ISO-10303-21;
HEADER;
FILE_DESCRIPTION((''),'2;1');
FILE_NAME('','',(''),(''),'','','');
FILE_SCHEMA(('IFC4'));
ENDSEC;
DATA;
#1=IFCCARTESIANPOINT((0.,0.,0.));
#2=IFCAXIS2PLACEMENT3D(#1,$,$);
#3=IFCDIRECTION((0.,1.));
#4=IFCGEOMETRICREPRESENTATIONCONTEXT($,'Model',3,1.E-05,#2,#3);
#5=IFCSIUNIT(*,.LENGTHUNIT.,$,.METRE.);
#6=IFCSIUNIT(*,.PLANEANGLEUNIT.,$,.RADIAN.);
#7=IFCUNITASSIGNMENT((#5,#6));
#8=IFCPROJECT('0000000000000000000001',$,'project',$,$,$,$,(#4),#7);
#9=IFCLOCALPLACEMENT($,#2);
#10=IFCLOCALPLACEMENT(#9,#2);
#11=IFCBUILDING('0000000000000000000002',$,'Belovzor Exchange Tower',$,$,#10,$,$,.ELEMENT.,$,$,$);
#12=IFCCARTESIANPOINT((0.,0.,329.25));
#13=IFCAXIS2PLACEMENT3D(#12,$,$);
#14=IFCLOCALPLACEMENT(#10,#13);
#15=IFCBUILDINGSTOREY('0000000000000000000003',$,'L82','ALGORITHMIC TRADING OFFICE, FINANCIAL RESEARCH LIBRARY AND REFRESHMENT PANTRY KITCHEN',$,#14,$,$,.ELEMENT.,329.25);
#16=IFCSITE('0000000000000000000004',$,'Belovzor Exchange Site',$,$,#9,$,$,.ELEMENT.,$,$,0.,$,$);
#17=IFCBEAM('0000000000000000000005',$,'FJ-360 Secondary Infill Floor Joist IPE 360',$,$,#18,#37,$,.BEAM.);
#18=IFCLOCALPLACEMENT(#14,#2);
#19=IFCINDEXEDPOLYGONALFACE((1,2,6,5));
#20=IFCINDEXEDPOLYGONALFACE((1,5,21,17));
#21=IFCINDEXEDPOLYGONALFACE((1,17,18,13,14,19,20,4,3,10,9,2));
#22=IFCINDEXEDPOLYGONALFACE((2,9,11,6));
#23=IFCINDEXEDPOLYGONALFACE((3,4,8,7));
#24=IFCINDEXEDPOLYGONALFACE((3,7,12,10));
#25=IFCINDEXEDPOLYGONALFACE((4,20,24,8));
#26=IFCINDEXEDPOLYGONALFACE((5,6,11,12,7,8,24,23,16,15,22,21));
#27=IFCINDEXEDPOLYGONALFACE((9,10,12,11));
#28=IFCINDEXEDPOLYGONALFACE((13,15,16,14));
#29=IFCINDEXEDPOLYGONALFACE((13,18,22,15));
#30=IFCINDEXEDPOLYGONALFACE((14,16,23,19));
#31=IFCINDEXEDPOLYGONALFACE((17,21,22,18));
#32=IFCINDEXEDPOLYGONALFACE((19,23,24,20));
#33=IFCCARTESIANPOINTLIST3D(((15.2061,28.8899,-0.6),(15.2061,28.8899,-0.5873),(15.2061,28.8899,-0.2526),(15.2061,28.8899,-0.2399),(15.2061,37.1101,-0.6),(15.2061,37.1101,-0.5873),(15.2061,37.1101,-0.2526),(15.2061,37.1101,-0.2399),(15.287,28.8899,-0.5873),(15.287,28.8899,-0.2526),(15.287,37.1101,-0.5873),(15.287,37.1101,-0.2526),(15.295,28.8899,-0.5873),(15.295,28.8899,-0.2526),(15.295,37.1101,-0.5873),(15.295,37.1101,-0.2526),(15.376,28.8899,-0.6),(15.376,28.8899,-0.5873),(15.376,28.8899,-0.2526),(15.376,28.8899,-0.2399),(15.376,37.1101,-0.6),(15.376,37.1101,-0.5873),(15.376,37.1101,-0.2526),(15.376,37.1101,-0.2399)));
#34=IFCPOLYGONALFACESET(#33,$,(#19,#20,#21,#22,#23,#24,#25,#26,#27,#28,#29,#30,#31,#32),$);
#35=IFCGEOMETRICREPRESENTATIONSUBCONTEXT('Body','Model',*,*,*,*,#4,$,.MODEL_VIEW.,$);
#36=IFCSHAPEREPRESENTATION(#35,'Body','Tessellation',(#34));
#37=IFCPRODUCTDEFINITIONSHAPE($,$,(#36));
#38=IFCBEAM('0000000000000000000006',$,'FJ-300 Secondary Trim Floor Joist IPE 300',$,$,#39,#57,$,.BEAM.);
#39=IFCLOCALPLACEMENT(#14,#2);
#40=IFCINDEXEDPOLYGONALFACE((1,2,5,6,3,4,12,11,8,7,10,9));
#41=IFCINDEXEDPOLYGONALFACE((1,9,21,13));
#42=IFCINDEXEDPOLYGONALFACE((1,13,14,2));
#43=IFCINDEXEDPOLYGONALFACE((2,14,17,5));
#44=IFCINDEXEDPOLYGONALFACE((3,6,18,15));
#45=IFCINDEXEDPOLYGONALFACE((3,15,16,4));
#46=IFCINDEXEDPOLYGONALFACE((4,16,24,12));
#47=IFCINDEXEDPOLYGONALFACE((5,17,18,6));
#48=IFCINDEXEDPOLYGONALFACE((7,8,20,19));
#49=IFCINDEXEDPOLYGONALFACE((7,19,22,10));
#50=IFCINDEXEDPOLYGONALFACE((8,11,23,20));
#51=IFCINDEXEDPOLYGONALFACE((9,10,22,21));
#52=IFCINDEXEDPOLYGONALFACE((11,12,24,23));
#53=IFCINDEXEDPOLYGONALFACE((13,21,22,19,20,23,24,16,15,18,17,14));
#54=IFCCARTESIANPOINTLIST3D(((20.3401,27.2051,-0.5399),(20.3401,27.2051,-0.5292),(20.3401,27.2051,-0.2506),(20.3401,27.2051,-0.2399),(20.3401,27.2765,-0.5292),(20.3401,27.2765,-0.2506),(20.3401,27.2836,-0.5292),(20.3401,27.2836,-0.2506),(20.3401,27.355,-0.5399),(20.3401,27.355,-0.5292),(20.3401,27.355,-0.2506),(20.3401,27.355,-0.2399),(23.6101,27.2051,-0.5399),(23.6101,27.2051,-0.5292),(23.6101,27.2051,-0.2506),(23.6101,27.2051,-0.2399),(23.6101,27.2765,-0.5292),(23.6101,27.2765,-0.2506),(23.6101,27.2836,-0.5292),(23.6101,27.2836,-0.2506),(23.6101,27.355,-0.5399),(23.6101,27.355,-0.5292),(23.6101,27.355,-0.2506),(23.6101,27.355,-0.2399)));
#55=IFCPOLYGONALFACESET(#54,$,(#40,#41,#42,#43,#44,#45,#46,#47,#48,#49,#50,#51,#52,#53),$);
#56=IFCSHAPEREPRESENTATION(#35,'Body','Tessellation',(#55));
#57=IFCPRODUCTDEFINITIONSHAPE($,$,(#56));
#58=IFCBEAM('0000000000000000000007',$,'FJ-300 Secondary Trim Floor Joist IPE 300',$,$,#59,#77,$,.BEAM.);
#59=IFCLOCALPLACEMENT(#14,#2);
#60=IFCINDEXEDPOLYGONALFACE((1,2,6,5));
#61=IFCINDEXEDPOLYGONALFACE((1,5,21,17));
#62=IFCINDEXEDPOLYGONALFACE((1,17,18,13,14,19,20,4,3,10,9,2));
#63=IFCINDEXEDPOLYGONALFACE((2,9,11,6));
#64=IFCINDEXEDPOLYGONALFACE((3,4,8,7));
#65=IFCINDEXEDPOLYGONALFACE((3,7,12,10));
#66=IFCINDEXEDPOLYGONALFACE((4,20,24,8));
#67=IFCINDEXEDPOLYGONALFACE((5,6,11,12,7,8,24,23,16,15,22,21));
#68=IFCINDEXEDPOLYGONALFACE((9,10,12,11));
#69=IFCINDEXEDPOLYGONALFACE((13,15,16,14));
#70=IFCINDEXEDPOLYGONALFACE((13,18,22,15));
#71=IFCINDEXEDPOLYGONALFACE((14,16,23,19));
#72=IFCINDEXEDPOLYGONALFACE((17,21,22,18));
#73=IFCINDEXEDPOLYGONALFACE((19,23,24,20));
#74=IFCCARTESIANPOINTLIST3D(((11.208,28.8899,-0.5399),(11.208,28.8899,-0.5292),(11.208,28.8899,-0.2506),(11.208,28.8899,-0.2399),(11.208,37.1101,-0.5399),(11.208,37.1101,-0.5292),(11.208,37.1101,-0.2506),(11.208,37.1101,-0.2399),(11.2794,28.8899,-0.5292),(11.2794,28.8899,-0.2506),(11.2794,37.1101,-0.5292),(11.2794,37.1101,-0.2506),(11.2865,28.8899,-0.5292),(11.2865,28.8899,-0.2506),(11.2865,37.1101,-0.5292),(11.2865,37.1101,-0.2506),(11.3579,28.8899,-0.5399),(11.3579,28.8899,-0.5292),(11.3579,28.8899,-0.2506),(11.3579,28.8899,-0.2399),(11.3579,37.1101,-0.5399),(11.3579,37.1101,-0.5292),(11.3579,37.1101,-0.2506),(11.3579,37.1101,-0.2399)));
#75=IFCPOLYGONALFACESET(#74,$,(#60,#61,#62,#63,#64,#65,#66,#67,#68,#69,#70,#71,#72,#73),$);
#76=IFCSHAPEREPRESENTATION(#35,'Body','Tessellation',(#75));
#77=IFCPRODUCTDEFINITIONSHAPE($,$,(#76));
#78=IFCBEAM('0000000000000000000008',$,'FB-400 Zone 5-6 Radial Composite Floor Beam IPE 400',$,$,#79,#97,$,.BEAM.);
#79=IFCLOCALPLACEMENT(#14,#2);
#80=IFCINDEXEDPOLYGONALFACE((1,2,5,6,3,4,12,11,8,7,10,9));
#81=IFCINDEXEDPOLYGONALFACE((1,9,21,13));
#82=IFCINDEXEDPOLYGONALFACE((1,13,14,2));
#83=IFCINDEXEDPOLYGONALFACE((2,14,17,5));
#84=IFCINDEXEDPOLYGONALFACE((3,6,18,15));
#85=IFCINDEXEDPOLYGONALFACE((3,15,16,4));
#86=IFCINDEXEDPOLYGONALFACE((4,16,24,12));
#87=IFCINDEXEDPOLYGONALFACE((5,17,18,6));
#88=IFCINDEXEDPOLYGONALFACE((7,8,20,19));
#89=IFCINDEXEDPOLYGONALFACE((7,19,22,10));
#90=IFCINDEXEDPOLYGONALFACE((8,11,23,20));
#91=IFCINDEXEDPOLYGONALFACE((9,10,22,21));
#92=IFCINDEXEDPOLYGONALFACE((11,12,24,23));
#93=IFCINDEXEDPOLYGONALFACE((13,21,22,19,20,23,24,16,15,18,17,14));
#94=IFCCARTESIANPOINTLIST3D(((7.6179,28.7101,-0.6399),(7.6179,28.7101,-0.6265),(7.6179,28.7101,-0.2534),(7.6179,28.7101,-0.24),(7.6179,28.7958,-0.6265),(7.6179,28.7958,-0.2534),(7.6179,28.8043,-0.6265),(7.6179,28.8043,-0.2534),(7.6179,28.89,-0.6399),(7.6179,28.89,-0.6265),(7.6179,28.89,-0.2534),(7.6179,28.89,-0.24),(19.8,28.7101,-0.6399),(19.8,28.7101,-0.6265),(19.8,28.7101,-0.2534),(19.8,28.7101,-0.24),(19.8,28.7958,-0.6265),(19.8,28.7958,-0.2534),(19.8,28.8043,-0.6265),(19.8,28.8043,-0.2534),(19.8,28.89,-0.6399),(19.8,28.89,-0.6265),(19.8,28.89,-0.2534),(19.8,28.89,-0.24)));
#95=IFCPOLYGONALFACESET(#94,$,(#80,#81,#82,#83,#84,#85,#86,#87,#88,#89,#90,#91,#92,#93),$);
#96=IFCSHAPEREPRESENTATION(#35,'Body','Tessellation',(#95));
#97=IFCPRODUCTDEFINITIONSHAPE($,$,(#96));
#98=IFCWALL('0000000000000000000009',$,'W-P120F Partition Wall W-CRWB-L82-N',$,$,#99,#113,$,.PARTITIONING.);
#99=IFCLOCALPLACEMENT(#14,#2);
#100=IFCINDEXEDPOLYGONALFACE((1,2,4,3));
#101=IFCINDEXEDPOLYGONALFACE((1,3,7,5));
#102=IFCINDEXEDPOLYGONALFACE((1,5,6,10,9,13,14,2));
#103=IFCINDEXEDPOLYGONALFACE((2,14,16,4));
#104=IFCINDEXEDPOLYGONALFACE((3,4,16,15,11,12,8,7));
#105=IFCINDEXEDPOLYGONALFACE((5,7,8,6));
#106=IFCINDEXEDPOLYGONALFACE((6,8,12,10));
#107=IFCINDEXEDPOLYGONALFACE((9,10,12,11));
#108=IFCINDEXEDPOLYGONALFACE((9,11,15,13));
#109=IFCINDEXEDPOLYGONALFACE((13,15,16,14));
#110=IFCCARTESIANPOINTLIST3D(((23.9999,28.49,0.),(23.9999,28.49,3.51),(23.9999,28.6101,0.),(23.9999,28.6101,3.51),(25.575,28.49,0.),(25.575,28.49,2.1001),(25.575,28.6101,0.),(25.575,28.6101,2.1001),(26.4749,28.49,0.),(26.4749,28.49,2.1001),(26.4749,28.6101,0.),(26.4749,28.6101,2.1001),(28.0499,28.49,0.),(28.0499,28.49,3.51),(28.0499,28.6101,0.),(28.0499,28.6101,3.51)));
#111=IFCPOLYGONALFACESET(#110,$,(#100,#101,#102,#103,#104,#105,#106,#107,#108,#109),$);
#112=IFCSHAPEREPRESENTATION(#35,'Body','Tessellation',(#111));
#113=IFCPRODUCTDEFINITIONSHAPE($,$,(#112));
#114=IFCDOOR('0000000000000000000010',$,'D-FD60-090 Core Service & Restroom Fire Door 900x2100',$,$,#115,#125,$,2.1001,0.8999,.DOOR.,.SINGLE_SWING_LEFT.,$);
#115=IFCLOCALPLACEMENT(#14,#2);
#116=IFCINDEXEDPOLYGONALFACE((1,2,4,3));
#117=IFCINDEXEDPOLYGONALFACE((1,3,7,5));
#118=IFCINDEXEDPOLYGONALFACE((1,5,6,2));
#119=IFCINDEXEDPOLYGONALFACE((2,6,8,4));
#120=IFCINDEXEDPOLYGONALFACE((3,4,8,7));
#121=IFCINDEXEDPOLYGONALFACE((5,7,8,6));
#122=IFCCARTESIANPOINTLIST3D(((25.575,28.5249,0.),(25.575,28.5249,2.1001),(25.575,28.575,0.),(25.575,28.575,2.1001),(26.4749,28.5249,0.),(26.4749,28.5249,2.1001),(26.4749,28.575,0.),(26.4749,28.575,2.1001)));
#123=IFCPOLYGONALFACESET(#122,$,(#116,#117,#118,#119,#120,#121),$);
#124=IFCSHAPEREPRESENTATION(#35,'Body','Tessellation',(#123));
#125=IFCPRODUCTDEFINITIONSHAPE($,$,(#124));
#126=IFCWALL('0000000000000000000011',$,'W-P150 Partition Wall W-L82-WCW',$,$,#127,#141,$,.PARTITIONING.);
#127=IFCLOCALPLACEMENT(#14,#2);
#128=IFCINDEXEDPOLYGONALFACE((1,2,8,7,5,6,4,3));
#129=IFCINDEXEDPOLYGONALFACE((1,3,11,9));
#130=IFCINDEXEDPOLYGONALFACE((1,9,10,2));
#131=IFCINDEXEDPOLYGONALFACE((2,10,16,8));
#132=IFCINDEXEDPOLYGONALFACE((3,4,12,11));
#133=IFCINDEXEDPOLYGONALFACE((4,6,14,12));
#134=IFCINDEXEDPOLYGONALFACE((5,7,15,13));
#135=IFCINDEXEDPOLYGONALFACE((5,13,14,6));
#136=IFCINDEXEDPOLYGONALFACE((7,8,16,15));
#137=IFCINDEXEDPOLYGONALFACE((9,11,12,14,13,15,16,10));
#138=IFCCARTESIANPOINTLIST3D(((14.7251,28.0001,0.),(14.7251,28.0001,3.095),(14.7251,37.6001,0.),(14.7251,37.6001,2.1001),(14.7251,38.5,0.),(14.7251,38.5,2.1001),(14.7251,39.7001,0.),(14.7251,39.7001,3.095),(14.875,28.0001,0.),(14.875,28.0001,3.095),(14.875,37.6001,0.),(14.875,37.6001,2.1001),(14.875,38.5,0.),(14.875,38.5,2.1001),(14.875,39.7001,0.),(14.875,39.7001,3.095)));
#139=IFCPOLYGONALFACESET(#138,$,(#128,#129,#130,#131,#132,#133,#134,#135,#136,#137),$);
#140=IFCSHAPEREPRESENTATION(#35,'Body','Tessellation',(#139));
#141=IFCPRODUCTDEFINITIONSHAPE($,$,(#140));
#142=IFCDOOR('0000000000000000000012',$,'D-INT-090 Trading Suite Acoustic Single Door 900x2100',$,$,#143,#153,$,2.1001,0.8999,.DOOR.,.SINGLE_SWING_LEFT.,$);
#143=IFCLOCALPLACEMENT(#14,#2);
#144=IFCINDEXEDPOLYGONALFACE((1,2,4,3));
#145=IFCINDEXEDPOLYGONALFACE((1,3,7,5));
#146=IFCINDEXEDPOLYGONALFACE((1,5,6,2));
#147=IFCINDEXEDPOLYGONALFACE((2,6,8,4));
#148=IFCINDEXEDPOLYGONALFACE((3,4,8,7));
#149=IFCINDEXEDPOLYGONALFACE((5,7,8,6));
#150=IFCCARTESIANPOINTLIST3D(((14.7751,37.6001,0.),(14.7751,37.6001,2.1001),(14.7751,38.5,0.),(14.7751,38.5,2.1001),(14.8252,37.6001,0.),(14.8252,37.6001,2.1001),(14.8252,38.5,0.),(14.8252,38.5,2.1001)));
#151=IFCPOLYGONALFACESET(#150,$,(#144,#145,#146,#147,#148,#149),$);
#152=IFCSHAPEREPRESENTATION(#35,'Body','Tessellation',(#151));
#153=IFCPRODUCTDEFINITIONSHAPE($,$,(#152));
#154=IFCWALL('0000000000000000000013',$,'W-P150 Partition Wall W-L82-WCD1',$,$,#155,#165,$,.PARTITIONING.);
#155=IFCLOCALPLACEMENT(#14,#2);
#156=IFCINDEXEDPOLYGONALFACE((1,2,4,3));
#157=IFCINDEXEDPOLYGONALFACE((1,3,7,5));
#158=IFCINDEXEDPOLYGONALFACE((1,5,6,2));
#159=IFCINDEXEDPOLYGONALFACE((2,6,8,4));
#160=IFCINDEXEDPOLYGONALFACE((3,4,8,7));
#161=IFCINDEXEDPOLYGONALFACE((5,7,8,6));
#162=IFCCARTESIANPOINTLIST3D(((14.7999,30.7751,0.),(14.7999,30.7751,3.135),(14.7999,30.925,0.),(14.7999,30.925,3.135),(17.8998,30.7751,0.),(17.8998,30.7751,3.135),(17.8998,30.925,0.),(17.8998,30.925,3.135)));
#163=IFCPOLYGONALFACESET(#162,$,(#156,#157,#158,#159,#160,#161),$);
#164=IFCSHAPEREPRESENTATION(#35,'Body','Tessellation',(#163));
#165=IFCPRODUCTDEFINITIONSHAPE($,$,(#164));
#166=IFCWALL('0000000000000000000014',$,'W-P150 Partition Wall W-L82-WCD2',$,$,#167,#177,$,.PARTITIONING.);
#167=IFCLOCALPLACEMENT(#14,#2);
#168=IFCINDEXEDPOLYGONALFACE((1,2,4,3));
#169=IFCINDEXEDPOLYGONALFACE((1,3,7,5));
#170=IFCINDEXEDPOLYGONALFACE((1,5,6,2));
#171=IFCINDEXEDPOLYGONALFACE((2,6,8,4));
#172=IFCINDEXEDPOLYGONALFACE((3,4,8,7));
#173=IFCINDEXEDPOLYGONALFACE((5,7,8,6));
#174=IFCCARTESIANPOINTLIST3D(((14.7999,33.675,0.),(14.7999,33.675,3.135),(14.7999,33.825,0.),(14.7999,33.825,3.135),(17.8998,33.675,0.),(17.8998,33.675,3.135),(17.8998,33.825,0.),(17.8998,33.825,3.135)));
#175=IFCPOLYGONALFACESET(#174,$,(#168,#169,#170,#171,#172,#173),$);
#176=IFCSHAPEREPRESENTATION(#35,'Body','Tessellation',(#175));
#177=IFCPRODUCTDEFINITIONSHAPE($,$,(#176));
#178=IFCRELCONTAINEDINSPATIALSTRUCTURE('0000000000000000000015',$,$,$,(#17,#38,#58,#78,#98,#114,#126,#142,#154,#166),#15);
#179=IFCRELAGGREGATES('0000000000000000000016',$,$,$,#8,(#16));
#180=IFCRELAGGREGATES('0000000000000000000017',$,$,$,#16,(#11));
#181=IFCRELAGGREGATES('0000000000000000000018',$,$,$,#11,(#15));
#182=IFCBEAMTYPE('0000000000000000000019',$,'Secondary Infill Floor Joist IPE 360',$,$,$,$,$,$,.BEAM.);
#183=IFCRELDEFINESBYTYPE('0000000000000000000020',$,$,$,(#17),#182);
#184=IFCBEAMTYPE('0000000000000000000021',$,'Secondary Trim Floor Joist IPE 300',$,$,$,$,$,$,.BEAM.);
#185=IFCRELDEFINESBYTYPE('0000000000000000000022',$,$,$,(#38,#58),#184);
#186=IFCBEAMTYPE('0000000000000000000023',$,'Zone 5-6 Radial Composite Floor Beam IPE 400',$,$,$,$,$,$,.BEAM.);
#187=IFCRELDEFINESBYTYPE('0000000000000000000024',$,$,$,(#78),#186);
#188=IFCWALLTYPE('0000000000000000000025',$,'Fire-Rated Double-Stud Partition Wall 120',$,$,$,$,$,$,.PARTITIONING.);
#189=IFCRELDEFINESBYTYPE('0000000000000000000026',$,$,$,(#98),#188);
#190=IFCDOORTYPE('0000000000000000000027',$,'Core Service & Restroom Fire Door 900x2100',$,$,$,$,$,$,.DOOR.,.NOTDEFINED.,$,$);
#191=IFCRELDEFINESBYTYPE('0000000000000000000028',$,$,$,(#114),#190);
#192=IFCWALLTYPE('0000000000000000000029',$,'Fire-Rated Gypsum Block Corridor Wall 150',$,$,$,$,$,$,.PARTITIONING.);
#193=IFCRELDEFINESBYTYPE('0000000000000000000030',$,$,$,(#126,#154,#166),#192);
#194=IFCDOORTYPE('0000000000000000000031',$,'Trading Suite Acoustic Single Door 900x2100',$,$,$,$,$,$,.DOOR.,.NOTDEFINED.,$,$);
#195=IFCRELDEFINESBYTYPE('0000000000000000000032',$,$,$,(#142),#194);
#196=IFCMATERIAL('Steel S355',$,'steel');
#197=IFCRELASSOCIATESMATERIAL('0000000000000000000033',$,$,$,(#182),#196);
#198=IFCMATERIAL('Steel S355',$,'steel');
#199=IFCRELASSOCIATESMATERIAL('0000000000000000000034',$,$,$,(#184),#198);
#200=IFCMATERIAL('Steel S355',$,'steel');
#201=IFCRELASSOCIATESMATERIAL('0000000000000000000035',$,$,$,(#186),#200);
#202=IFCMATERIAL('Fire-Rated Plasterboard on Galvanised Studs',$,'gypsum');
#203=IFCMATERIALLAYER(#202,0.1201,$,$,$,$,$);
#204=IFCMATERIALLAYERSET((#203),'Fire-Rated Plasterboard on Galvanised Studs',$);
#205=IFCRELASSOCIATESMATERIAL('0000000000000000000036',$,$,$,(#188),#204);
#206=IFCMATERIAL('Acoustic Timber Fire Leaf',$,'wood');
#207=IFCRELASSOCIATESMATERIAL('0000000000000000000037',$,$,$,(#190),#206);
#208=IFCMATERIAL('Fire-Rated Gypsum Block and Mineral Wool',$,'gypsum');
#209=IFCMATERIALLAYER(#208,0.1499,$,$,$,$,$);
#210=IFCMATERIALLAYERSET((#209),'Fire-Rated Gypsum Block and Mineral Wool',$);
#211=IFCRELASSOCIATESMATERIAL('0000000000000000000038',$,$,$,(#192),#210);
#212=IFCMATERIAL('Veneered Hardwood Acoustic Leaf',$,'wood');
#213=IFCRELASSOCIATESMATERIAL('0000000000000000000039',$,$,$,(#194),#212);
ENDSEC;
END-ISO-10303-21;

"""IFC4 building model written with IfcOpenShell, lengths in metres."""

from ifc_helpers import new_model, si_unit, direction, frame, frame_2d, origin, origin_2d, place, context, subcontext, project, spatial, rectangle, i_section, extrude, material, layer, layer_set, material_profile, profile_set, type_object, element, fill, save


model = new_model("IFC4")

# Units and contexts
model_context = context("Model", 3, precision=1e-05, world=origin(), true_north=direction((0.0, 1.0)))
body_context = subcontext(model_context, "Body", "Model", "MODEL_VIEW")
ifc_project = project(units=[si_unit("LENGTHUNIT", "METRE"), si_unit("PLANEANGLEUNIT", "RADIAN")], contexts=[model_context])

# Site, building, storey
site_placement = place(None, origin())
site = spatial("IfcSite", under=ifc_project, at=site_placement, Name="Belovzor Exchange Site", CompositionType="ELEMENT", RefElevation=0.0)
building_placement = place(site_placement, origin())
building = spatial("IfcBuilding", under=site, at=building_placement, Name="Belovzor Exchange Tower", CompositionType="ELEMENT")
storey_placement = place(building_placement, frame((0.0, 0.0, 329.25)))
storey = spatial("IfcBuildingStorey", under=building, at=storey_placement, Name="L82", Description="ALGORITHMIC TRADING OFFICE, FINANCIAL RESEARCH LIBRARY AND REFRESHMENT PANTRY KITCHEN", CompositionType="ELEMENT", Elevation=329.25)

# Beams
ifc_material_1 = material(Name="Steel S355", Category="steel")
ifc_material_profile_1 = material_profile(ifc_material_1, i_section(OverallWidth=0.1699, OverallDepth=0.3601, WebThickness=0.0081, FlangeThickness=0.0127, at=origin_2d()))
ifc_profile_set_1 = profile_set([ifc_material_profile_1], Name="Steel S355")
beam_type_1 = type_object("IfcBeamType", Name="Secondary Infill Floor Joist IPE 360", PredefinedType="BEAM", material=ifc_profile_set_1)
beam_1_placement = place(storey_placement, frame((15.291, 28.8899, -0.4199), z_axis=(0.0, 1.0, 0.0), x_axis=(-1.0, 0.0, 0.0)))
element("IfcBeam", 1, at=beam_1_placement, inside=storey, type_object=beam_type_1, Name="FJ-360 Secondary Infill Floor Joist IPE 360", PredefinedType="BEAM", context=body_context, shape_type="SweptSolid", body=[
    extrude(i_section(OverallWidth=0.1699, OverallDepth=0.3601, WebThickness=0.0081, FlangeThickness=0.0127, at=origin_2d()), origin(), (0.0, 0.0, 1.0), 8.2202),
])
ifc_material_2 = material(Name="Steel S355", Category="steel")
ifc_material_profile_2 = material_profile(ifc_material_2, i_section(OverallWidth=0.1499, OverallDepth=0.3, WebThickness=0.0071, FlangeThickness=0.0107, at=origin_2d()))
ifc_profile_set_2 = profile_set([ifc_material_profile_2], Name="Steel S355")
beam_type_2 = type_object("IfcBeamType", Name="Secondary Trim Floor Joist IPE 300", PredefinedType="BEAM", material=ifc_profile_set_2)
beam_2_placement = place(storey_placement, frame((20.3401, 27.28, -0.3899), z_axis=(1.0, 0.0, 0.0), x_axis=(0.0, 1.0, 0.0)))
element("IfcBeam", 2, at=beam_2_placement, inside=storey, type_object=beam_type_2, Name="FJ-300 Secondary Trim Floor Joist IPE 300", PredefinedType="BEAM", context=body_context, shape_type="SweptSolid", body=[
    extrude(i_section(OverallWidth=0.1499, OverallDepth=0.3, WebThickness=0.0071, FlangeThickness=0.0107, at=origin_2d()), origin(), (0.0, 0.0, 1.0), 3.27),
])
beam_3_placement = place(storey_placement, frame((11.283, 28.8899, -0.3899), z_axis=(0.0, 1.0, 0.0), x_axis=(-1.0, 0.0, 0.0)))
element("IfcBeam", 3, at=beam_3_placement, inside=storey, type_object=beam_type_2, Name="FJ-300 Secondary Trim Floor Joist IPE 300", PredefinedType="BEAM", context=body_context, shape_type="SweptSolid", body=[
    extrude(i_section(OverallWidth=0.1499, OverallDepth=0.3, WebThickness=0.0071, FlangeThickness=0.0107, at=origin_2d()), origin(), (0.0, 0.0, 1.0), 8.2202),
])
ifc_material_3 = material(Name="Steel S355", Category="steel")
ifc_material_profile_3 = material_profile(ifc_material_3, i_section(OverallWidth=0.1799, OverallDepth=0.3999, WebThickness=0.0085, FlangeThickness=0.0134, at=origin_2d()))
ifc_profile_set_3 = profile_set([ifc_material_profile_3], Name="Steel S355")
beam_type_3 = type_object("IfcBeamType", Name="Zone 5-6 Radial Composite Floor Beam IPE 400", PredefinedType="BEAM", material=ifc_profile_set_3)
beam_4_placement = place(storey_placement, frame((19.8, 28.8, -0.4399), z_axis=(-1.0, 0.0, 0.0), x_axis=(0.0, -1.0, 0.0)))
element("IfcBeam", 4, at=beam_4_placement, inside=storey, type_object=beam_type_3, Name="FB-400 Zone 5-6 Radial Composite Floor Beam IPE 400", PredefinedType="BEAM", context=body_context, shape_type="SweptSolid", body=[
    extrude(i_section(OverallWidth=0.1799, OverallDepth=0.3999, WebThickness=0.0085, FlangeThickness=0.0134, at=origin_2d()), origin(), (0.0, 0.0, 1.0), 12.1821),
])

# Walls, openings, doors
ifc_material_4 = material(Name="Fire-Rated Plasterboard on Galvanised Studs", Category="gypsum")
ifc_layer_1 = layer(ifc_material_4, 0.1201)
ifc_layer_set_1 = layer_set([ifc_layer_1], Name="Fire-Rated Plasterboard on Galvanised Studs")
wall_type_1 = type_object("IfcWallType", Name="Fire-Rated Double-Stud Partition Wall 120", PredefinedType="PARTITIONING", material=ifc_layer_set_1)
wall_1_placement = place(storey_placement, frame((24.0, 28.55, 0.0), z_axis=(0.0, 0.0, 1.0), x_axis=(1.0, 0.0, 0.0)))
wall_1 = element("IfcWall", 5, at=wall_1_placement, inside=storey, type_object=wall_type_1, Name="W-P120F Partition Wall W-CRWB-L82-N", PredefinedType="PARTITIONING", context=body_context, shape_type="SweptSolid", body=[
    extrude(rectangle(XDim=4.05, YDim=0.1201, at=frame_2d((2.0249, 0.0))), origin(), (0.0, 0.0, 1.0), 3.51),
])
opening_1_placement = place(wall_1_placement, frame((1.575, 0.0, 0.0)))
opening_1 = element("IfcOpeningElement", 6, at=opening_1_placement, cuts=wall_1, PredefinedType="OPENING", context=body_context, shape_type="SweptSolid", body=[
    extrude(rectangle(XDim=0.8999, YDim=2.1001, at=frame_2d((0.45, 1.05))), frame((0.0, 0.0701, 0.0), z_axis=(0.0, -1.0, 0.0), x_axis=(1.0, 0.0, 0.0)), (0.0, 0.0, 1.0), 0.1401),
])
ifc_material_5 = material(Name="Acoustic Timber Fire Leaf", Category="wood")
door_type_1 = type_object("IfcDoorType", Name="Core Service & Restroom Fire Door 900x2100", OperationType="NOTDEFINED", PredefinedType="DOOR", material=ifc_material_5)
door_1_placement = place(opening_1_placement, origin())
door_1 = element("IfcDoor", 7, at=door_1_placement, inside=storey, type_object=door_type_1, Name="D-FD60-090 Core Service & Restroom Fire Door 900x2100", OperationType="SINGLE_SWING_LEFT", OverallHeight=2.1001, OverallWidth=0.8999, PredefinedType="DOOR", context=body_context, shape_type="SweptSolid", body=[
    extrude(rectangle(XDim=0.8999, YDim=2.1001, at=frame_2d((0.45, 1.05))), frame((0.0, 0.0249, 0.0), z_axis=(0.0, -1.0, 0.0), x_axis=(1.0, 0.0, 0.0)), (0.0, 0.0, 1.0), 0.05),
])
fill(opening_1, door_1)
ifc_material_6 = material(Name="Fire-Rated Gypsum Block and Mineral Wool", Category="gypsum")
ifc_layer_2 = layer(ifc_material_6, 0.1499)
ifc_layer_set_2 = layer_set([ifc_layer_2], Name="Fire-Rated Gypsum Block and Mineral Wool")
wall_type_2 = type_object("IfcWallType", Name="Fire-Rated Gypsum Block Corridor Wall 150", PredefinedType="PARTITIONING", material=ifc_layer_set_2)
wall_2_placement = place(storey_placement, frame((14.8, 28.0, 0.0), z_axis=(0.0, 0.0, 1.0), x_axis=(0.0, 1.0, 0.0)))
wall_2 = element("IfcWall", 8, at=wall_2_placement, inside=storey, type_object=wall_type_2, Name="W-P150 Partition Wall W-L82-WCW", PredefinedType="PARTITIONING", context=body_context, shape_type="SweptSolid", body=[
    extrude(rectangle(XDim=11.7, YDim=0.1499, at=frame_2d((5.8501, 0.0))), origin(), (0.0, 0.0, 1.0), 3.095),
])
opening_2_placement = place(wall_2_placement, frame((9.6001, 0.0, 0.0)))
opening_2 = element("IfcOpeningElement", 9, at=opening_2_placement, cuts=wall_2, PredefinedType="OPENING", context=body_context, shape_type="SweptSolid", body=[
    extrude(rectangle(XDim=0.8999, YDim=2.1001, at=frame_2d((0.45, 1.05))), frame((0.0, 0.085, 0.0), z_axis=(0.0, -1.0, 0.0), x_axis=(1.0, 0.0, 0.0)), (0.0, 0.0, 1.0), 0.1699),
])
ifc_material_7 = material(Name="Veneered Hardwood Acoustic Leaf", Category="wood")
door_type_2 = type_object("IfcDoorType", Name="Trading Suite Acoustic Single Door 900x2100", OperationType="NOTDEFINED", PredefinedType="DOOR", material=ifc_material_7)
door_2_placement = place(opening_2_placement, origin())
door_2 = element("IfcDoor", 10, at=door_2_placement, inside=storey, type_object=door_type_2, Name="D-INT-090 Trading Suite Acoustic Single Door 900x2100", OperationType="SINGLE_SWING_LEFT", OverallHeight=2.1001, OverallWidth=0.8999, PredefinedType="DOOR", context=body_context, shape_type="SweptSolid", body=[
    extrude(rectangle(XDim=0.8999, YDim=2.1001, at=frame_2d((0.45, 1.05))), frame((0.0, 0.0249, 0.0), z_axis=(0.0, -1.0, 0.0), x_axis=(1.0, 0.0, 0.0)), (0.0, 0.0, 1.0), 0.05),
])
fill(opening_2, door_2)

# Walls
for number, where, z_axis, x_axis, name in (
    (11, (14.8, 30.8501, 0.0), (0.0, 0.0, 1.0), (1.0, 0.0, 0.0), "W-P150 Partition Wall W-L82-WCD1"),
    (12, (14.8, 33.75, 0.0), (0.0, 0.0, 1.0), (1.0, 0.0, 0.0), "W-P150 Partition Wall W-L82-WCD2"),
):
    element("IfcWall", number, at=place(storey_placement, frame(where, z_axis=z_axis, x_axis=x_axis)), inside=storey, type_object=wall_type_2, Name=name, PredefinedType="PARTITIONING", context=body_context, shape_type="SweptSolid", body=[
        extrude(rectangle(XDim=3.0999, YDim=0.1499, at=frame_2d((1.5498, 0.0))), origin(), (0.0, 0.0, 1.0), 3.135),
    ])

save(model, "model.ifc")
